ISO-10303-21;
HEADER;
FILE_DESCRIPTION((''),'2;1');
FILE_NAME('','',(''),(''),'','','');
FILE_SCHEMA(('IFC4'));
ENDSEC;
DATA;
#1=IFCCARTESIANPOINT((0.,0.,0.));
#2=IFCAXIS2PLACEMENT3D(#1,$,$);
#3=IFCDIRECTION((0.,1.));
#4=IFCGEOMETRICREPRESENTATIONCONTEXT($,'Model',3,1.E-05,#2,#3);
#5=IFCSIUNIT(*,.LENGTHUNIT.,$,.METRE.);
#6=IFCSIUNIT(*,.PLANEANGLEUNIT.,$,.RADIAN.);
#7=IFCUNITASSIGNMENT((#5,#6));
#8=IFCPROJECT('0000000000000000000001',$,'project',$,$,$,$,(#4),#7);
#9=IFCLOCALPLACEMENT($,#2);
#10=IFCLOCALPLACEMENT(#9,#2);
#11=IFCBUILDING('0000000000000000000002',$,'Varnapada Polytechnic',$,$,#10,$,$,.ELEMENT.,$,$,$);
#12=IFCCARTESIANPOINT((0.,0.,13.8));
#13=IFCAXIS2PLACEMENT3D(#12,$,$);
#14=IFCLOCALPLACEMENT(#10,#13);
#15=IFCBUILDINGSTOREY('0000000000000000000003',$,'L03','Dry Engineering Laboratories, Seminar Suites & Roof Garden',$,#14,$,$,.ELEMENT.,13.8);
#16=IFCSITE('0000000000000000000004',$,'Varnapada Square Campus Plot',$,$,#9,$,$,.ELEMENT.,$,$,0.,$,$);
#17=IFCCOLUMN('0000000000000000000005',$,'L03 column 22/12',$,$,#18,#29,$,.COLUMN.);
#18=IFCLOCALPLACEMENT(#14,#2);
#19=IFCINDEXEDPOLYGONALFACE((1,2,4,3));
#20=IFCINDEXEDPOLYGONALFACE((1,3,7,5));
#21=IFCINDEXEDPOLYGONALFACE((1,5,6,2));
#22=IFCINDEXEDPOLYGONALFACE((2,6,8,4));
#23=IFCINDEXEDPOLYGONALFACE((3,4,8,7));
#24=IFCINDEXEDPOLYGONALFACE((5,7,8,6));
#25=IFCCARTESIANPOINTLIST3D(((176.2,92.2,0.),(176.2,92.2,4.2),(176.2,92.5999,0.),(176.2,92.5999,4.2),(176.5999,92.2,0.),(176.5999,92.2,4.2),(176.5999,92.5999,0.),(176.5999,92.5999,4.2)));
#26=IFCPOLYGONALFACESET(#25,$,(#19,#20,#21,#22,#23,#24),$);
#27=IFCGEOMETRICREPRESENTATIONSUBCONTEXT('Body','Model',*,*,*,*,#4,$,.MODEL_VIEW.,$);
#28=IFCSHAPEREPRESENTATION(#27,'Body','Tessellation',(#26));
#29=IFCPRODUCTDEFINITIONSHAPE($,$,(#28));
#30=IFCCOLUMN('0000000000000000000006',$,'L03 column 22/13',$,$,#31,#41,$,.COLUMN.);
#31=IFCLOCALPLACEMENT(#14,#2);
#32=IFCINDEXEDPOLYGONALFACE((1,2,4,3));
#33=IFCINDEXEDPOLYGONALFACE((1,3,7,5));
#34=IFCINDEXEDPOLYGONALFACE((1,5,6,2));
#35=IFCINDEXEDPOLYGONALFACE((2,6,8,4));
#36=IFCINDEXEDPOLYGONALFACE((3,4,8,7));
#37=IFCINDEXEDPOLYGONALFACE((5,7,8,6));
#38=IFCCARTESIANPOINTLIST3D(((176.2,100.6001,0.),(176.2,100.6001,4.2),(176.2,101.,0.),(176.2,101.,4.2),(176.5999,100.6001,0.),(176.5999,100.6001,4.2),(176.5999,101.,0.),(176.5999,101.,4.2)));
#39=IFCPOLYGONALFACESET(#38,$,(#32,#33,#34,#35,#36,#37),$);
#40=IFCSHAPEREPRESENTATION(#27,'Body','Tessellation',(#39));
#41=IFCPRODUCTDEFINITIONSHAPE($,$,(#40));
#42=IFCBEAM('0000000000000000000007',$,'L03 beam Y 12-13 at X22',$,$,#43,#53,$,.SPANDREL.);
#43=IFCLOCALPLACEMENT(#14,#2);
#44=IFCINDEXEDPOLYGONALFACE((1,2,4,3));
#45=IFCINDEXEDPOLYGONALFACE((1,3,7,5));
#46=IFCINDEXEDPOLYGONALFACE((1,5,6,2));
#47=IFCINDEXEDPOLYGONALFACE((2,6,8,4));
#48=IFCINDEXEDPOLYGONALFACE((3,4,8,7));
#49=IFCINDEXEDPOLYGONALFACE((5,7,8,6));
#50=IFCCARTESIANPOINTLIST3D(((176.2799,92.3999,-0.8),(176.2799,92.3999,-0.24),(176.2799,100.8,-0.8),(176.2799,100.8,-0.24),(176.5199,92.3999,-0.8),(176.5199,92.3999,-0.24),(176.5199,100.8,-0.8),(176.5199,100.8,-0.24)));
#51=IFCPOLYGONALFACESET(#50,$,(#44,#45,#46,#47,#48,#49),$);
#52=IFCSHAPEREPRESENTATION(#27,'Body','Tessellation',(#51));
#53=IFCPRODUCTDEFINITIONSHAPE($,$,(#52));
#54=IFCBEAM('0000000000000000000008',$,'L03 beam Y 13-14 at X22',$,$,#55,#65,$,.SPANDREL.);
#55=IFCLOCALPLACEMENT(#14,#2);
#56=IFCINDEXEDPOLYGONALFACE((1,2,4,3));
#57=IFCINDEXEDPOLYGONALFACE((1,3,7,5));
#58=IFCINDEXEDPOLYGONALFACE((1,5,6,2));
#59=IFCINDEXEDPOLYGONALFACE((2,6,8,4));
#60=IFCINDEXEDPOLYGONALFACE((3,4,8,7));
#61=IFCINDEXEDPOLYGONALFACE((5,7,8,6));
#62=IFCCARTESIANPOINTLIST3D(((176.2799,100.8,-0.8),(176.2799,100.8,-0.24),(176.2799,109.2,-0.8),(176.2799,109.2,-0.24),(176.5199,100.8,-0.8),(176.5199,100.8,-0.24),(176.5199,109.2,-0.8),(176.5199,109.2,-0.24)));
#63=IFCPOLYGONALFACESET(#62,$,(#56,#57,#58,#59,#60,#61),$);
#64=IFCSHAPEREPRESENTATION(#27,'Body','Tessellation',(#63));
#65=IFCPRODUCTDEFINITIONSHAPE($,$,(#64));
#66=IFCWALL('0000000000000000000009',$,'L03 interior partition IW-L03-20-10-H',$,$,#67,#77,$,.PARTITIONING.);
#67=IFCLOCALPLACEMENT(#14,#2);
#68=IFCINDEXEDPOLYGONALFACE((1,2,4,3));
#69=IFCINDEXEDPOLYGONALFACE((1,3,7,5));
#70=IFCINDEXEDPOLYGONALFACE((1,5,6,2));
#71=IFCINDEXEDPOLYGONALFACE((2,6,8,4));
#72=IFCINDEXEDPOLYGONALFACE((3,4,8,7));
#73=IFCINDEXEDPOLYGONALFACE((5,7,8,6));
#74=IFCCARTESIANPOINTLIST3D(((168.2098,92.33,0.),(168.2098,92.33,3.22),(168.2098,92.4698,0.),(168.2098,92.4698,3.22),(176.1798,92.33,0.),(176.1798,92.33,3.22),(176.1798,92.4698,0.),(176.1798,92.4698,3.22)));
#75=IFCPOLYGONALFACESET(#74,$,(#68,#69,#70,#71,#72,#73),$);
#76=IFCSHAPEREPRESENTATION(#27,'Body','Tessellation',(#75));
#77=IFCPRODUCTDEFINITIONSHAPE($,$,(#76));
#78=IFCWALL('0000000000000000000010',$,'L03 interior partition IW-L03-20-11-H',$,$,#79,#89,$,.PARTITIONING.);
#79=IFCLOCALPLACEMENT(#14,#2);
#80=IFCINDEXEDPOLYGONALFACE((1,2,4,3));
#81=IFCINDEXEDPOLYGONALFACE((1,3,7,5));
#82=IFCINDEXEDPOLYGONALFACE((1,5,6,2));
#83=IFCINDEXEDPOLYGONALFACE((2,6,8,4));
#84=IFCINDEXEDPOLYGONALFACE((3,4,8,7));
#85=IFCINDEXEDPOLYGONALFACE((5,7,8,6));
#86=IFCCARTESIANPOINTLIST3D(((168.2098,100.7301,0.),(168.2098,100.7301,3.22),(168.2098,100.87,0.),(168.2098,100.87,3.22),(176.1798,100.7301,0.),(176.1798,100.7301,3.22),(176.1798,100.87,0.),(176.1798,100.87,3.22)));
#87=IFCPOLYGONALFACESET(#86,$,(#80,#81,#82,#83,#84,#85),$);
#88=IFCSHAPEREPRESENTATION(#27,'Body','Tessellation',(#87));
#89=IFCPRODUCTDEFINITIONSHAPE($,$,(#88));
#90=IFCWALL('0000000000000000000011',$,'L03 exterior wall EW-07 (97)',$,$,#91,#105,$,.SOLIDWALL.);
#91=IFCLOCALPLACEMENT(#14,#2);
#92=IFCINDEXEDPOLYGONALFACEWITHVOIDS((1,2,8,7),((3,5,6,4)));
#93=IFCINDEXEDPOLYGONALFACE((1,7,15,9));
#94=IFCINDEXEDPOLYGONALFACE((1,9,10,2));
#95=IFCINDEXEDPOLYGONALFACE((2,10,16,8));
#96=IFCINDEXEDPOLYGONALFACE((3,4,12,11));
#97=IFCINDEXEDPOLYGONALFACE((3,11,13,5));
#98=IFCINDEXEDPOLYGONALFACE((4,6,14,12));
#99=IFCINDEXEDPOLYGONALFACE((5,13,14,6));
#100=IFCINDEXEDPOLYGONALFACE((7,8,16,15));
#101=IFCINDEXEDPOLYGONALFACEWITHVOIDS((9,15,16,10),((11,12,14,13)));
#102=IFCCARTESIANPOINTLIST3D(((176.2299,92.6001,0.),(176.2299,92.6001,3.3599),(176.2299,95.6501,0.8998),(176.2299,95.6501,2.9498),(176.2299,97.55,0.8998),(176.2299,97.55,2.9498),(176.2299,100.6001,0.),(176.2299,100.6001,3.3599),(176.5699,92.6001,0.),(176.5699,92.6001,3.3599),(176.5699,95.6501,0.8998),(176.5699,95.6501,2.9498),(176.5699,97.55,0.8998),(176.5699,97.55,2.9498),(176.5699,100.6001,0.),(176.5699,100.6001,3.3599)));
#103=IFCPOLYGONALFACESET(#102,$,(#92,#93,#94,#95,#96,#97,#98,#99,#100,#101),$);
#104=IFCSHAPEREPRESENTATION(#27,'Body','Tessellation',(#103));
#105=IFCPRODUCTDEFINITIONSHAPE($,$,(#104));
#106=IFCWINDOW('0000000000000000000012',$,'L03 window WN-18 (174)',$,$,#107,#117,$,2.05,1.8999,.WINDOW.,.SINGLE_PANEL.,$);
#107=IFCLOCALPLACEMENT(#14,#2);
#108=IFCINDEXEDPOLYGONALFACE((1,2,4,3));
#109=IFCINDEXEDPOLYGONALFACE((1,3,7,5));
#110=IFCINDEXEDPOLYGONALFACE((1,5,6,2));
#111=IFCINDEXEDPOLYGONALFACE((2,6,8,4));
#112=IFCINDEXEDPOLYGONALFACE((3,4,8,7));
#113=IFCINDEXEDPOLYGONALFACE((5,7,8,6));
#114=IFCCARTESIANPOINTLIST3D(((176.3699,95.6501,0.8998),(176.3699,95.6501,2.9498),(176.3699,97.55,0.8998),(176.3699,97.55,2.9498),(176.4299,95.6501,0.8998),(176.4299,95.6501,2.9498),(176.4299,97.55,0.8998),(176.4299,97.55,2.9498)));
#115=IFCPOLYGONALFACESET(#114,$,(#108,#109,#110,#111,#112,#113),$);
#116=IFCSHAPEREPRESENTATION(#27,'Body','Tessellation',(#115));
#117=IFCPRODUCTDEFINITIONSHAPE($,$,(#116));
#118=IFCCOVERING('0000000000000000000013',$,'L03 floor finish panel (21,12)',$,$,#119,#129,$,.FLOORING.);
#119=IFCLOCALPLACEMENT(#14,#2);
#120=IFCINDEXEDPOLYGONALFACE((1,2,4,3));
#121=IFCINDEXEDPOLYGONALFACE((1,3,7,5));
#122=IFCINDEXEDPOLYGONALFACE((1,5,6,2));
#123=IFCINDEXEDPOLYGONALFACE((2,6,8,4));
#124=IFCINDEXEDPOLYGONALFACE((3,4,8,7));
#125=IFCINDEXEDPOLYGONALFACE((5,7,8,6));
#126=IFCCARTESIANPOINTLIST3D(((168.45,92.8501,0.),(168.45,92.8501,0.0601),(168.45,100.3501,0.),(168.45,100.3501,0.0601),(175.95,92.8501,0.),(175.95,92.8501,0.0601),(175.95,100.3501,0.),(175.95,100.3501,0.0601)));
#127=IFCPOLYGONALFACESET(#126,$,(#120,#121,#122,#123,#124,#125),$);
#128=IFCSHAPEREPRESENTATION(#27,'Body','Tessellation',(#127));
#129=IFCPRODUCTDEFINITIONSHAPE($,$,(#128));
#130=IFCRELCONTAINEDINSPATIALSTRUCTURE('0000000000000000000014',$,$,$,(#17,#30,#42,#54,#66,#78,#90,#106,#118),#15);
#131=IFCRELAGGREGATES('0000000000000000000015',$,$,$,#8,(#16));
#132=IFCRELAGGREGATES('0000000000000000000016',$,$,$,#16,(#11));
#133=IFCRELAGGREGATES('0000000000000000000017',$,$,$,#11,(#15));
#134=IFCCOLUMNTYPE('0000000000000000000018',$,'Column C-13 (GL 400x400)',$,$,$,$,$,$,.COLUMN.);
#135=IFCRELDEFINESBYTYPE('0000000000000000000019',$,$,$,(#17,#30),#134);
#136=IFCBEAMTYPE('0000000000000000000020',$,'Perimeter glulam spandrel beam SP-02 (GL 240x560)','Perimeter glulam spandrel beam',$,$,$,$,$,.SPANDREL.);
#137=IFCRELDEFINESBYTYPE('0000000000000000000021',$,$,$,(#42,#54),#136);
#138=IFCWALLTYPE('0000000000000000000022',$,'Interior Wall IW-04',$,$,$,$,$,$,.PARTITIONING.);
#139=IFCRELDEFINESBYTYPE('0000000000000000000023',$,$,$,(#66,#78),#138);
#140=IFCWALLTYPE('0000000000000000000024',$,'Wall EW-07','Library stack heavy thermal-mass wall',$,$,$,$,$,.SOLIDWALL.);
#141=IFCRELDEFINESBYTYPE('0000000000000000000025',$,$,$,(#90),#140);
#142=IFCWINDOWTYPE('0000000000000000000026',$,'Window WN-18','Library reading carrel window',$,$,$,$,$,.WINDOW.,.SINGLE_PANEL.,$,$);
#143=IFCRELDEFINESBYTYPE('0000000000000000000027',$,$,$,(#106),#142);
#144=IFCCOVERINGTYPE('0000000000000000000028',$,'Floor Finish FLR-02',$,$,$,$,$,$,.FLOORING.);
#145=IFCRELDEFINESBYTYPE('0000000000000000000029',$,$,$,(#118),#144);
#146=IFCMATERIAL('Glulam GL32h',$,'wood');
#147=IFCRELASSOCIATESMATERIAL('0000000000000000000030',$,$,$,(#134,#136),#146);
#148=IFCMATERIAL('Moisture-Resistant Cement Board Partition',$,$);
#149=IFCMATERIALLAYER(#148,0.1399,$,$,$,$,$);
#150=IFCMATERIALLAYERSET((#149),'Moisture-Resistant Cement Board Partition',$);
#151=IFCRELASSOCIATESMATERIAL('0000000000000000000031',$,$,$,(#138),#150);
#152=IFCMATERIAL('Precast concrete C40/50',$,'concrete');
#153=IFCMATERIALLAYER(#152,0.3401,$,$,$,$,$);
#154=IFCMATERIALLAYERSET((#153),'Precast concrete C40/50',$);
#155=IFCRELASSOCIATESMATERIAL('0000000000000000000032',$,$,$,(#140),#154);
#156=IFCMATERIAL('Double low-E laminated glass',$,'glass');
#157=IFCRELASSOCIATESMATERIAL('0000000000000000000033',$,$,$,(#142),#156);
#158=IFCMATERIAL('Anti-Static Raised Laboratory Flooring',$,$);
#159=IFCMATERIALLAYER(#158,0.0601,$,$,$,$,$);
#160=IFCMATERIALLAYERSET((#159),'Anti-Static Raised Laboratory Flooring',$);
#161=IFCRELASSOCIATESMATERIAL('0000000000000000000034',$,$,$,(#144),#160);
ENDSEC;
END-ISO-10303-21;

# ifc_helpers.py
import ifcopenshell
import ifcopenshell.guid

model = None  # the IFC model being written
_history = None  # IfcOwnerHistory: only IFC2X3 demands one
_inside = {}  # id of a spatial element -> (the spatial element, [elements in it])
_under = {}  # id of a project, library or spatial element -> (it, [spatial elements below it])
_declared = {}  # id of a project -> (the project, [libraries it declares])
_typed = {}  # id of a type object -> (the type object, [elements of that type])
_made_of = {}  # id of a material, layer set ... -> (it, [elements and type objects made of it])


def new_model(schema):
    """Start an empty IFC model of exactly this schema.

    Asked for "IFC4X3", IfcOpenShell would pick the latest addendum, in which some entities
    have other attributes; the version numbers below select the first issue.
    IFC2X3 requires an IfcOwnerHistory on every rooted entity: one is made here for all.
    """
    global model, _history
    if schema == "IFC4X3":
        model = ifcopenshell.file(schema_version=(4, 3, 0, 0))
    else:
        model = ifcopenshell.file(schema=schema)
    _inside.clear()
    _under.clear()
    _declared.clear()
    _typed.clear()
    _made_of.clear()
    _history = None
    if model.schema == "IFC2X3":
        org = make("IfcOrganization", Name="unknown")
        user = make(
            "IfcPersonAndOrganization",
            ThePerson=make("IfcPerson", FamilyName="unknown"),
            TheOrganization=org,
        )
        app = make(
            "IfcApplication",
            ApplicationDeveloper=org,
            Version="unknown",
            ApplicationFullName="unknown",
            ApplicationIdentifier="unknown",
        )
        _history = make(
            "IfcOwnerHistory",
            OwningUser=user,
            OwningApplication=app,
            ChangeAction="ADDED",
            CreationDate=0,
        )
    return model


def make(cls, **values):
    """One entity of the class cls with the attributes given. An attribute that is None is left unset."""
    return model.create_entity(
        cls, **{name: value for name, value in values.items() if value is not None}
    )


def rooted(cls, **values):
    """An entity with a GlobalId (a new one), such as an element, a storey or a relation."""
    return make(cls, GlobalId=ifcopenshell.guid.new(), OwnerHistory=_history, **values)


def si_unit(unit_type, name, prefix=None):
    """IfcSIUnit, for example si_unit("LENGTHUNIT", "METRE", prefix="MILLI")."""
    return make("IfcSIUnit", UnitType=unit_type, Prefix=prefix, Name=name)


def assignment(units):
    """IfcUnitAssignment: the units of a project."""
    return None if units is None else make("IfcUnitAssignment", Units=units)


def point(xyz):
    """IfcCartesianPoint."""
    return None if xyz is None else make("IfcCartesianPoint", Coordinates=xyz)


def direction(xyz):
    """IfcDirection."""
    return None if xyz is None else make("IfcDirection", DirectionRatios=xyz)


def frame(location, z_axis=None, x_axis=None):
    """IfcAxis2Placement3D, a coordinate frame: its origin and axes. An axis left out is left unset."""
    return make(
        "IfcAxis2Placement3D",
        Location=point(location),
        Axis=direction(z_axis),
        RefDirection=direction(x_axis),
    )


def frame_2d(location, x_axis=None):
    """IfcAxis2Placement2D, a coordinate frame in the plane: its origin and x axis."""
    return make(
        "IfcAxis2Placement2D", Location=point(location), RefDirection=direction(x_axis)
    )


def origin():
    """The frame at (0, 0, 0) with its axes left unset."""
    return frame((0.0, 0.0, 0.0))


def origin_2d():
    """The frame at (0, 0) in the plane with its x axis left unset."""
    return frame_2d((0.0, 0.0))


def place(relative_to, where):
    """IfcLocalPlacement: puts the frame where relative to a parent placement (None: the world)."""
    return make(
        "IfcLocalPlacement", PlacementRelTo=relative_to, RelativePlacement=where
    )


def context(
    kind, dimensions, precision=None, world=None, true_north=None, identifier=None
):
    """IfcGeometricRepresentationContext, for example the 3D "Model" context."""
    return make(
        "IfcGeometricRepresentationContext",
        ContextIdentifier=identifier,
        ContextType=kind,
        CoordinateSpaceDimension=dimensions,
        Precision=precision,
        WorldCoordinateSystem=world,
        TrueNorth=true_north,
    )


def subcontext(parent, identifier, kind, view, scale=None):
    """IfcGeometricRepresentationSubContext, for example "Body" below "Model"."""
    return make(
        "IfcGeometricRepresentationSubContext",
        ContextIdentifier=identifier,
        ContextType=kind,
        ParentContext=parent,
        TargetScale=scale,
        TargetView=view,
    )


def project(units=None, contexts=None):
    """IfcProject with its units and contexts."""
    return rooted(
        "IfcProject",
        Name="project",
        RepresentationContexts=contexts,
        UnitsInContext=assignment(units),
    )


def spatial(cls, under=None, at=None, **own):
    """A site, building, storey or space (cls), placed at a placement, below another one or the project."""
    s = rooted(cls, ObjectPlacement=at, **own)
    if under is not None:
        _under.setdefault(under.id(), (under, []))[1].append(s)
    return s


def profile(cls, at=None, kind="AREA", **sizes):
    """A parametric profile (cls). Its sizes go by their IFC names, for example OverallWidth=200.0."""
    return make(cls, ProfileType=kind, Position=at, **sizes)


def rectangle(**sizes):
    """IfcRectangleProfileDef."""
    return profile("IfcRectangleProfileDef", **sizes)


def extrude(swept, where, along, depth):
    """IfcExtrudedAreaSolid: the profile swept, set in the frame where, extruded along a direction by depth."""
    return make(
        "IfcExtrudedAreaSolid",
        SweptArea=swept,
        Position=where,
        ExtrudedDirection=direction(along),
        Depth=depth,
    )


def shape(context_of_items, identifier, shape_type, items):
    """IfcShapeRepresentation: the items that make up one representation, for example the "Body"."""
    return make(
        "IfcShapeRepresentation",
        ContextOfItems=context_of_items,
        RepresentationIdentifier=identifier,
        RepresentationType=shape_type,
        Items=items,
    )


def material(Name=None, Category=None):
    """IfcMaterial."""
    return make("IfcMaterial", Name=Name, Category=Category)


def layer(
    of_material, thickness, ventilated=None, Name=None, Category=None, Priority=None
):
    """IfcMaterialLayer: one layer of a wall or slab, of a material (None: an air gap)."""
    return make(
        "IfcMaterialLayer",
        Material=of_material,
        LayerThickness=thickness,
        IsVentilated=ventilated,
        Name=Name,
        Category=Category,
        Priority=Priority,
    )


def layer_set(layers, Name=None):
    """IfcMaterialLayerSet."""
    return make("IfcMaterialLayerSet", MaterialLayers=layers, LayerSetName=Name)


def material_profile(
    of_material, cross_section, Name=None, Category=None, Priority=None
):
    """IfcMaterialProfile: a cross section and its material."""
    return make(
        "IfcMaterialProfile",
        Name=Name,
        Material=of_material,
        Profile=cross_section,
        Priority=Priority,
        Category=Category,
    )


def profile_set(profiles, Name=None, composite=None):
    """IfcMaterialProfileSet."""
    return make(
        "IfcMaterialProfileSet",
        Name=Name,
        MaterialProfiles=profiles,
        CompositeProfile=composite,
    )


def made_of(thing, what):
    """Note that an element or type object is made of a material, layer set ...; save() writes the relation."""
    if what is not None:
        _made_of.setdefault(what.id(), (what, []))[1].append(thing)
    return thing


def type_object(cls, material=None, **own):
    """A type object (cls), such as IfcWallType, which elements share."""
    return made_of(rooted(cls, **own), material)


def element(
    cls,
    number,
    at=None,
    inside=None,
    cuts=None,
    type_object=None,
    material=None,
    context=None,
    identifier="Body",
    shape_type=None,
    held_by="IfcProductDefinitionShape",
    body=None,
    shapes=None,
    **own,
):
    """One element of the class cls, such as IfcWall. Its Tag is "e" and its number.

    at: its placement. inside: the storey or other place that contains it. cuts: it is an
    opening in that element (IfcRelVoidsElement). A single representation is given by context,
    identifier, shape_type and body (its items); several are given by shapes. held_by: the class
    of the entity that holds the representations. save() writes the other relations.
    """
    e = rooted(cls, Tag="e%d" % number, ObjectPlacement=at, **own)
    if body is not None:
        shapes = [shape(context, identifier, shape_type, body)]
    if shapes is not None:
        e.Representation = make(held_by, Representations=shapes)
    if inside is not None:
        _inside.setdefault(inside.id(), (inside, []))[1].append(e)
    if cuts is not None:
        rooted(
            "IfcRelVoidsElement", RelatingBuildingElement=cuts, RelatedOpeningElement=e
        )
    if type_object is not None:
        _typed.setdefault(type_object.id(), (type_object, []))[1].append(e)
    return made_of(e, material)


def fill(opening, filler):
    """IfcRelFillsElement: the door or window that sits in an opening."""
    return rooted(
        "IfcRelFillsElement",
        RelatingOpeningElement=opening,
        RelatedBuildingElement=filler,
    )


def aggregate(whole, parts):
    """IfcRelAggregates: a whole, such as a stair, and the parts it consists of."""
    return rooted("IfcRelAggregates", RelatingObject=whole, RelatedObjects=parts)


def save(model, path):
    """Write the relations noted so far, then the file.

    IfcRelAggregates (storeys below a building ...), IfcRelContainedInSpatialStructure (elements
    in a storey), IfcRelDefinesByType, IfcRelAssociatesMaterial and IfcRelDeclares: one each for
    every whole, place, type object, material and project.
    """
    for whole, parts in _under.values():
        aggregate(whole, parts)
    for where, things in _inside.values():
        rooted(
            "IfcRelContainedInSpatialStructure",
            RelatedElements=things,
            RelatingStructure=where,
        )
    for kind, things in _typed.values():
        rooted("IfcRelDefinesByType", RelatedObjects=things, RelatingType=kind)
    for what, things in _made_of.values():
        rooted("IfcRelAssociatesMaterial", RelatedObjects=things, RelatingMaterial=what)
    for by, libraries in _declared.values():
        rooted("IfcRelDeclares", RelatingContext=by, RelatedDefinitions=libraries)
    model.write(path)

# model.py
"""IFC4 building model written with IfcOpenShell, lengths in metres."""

from ifc_helpers import new_model, si_unit, direction, frame, frame_2d, origin, origin_2d, place, context, subcontext, project, spatial, rectangle, extrude, material, layer, layer_set, material_profile, profile_set, type_object, element, fill, save


model = new_model("IFC4")

# Units and contexts
model_context = context("Model", 3, precision=1e-05, world=origin(), true_north=direction((0.0, 1.0)))
body_context = subcontext(model_context, "Body", "Model", "MODEL_VIEW")
ifc_project = project(units=[si_unit("LENGTHUNIT", "METRE"), si_unit("PLANEANGLEUNIT", "RADIAN")], contexts=[model_context])

# Site, building, storey
site_placement = place(None, origin())
site = spatial("IfcSite", under=ifc_project, at=site_placement, Name="Varnapada Square Campus Plot", CompositionType="ELEMENT", RefElevation=0.0)
building_placement = place(site_placement, origin())
building = spatial("IfcBuilding", under=site, at=building_placement, Name="Varnapada Polytechnic", CompositionType="ELEMENT")
storey_placement = place(building_placement, frame((0.0, 0.0, 13.8)))
storey = spatial("IfcBuildingStorey", under=building, at=storey_placement, Name="L03", Description="Dry Engineering Laboratories, Seminar Suites & Roof Garden", CompositionType="ELEMENT", Elevation=13.8)

# Columns
ifc_material_1 = material(Name="Glulam GL32h", Category="wood")
ifc_material_profile_1 = material_profile(ifc_material_1, rectangle(XDim=0.3999, YDim=0.3999, at=origin_2d()), Name="GL 400x400")
ifc_profile_set_1 = profile_set([ifc_material_profile_1], Name="Glulam GL32h")
column_type = type_object("IfcColumnType", Name="Column C-13 (GL 400x400)", PredefinedType="COLUMN", material=ifc_profile_set_1)
for number, where, z_axis, x_axis, name in (
    (1, (176.3999, 92.3999, 0.0), (0.0, 0.0, 1.0), (1.0, 0.0, 0.0), "L03 column 22/12"),
    (2, (176.3999, 100.8, 0.0), (0.0, 0.0, 1.0), (1.0, 0.0, 0.0), "L03 column 22/13"),
):
    element("IfcColumn", number, at=place(storey_placement, frame(where, z_axis=z_axis, x_axis=x_axis)), inside=storey, type_object=column_type, Name=name, PredefinedType="COLUMN", context=body_context, shape_type="SweptSolid", body=[
        extrude(rectangle(XDim=0.3999, YDim=0.3999, at=origin_2d()), origin(), (0.0, 0.0, 1.0), 4.2),
    ])

# Beams
ifc_material_profile_2 = material_profile(ifc_material_1, rectangle(XDim=0.24, YDim=0.5601, at=origin_2d()), Name="GL 240x560")
ifc_profile_set_2 = profile_set([ifc_material_profile_2], Name="Glulam GL32h")
beam_type = type_object("IfcBeamType", Name="Perimeter glulam spandrel beam SP-02 (GL 240x560)", Description="Perimeter glulam spandrel beam", PredefinedType="SPANDREL", material=ifc_profile_set_2)
beam_1_placement = place(storey_placement, frame((176.3999, 92.3999, -0.52), z_axis=(0.0, 1.0, 0.0), x_axis=(-1.0, 0.0, 0.0)))
element("IfcBeam", 3, at=beam_1_placement, inside=storey, type_object=beam_type, Name="L03 beam Y 12-13 at X22", PredefinedType="SPANDREL", context=body_context, shape_type="SweptSolid", body=[
    extrude(rectangle(XDim=0.24, YDim=0.5601, at=origin_2d()), origin(), (0.0, 0.0, 1.0), 8.4001),
])
beam_2_placement = place(storey_placement, frame((176.3999, 100.8, -0.52), z_axis=(0.0, 1.0, 0.0), x_axis=(-1.0, 0.0, 0.0)))
element("IfcBeam", 4, at=beam_2_placement, inside=storey, type_object=beam_type, Name="L03 beam Y 13-14 at X22", PredefinedType="SPANDREL", context=body_context, shape_type="SweptSolid", body=[
    extrude(rectangle(XDim=0.24, YDim=0.5601, at=origin_2d()), origin(), (0.0, 0.0, 1.0), 8.3999),
])

# Walls
ifc_material_2 = material(Name="Moisture-Resistant Cement Board Partition")
ifc_layer_1 = layer(ifc_material_2, 0.1399)
ifc_layer_set_1 = layer_set([ifc_layer_1], Name="Moisture-Resistant Cement Board Partition")
wall_type_1 = type_object("IfcWallType", Name="Interior Wall IW-04", PredefinedType="PARTITIONING", material=ifc_layer_set_1)
for number, where, z_axis, x_axis, name in (
    (5, (168.21, 92.3999, 0.0), (0.0, 0.0, 1.0), (1.0, 0.0, 0.0), "L03 interior partition IW-L03-20-10-H"),
    (6, (168.21, 100.8, 0.0), (0.0, 0.0, 1.0), (1.0, 0.0, 0.0), "L03 interior partition IW-L03-20-11-H"),
):
    element("IfcWall", number, at=place(storey_placement, frame(where, z_axis=z_axis, x_axis=x_axis)), inside=storey, type_object=wall_type_1, Name=name, PredefinedType="PARTITIONING", context=body_context, shape_type="SweptSolid", body=[
        extrude(rectangle(XDim=7.97, YDim=0.1399, at=frame_2d((3.9849, 0.0))), origin(), (0.0, 0.0, 1.0), 3.22),
    ])

# Wall, opening, window
ifc_material_3 = material(Name="Precast concrete C40/50", Category="concrete")
ifc_layer_2 = layer(ifc_material_3, 0.3401)
ifc_layer_set_2 = layer_set([ifc_layer_2], Name="Precast concrete C40/50")
wall_type_2 = type_object("IfcWallType", Name="Wall EW-07", Description="Library stack heavy thermal-mass wall", PredefinedType="SOLIDWALL", material=ifc_layer_set_2)
wall_placement = place(storey_placement, frame((176.3999, 100.6001, 0.0), z_axis=(0.0, 0.0, 1.0), x_axis=(0.0, -1.0, 0.0)))
wall = element("IfcWall", 7, at=wall_placement, inside=storey, type_object=wall_type_2, Name="L03 exterior wall EW-07 (97)", PredefinedType="SOLIDWALL", context=body_context, shape_type="SweptSolid", body=[
    extrude(rectangle(XDim=8.0, YDim=0.3401, at=frame_2d((4.0, 0.0))), origin(), (0.0, 0.0, 1.0), 3.3599),
])
opening_1_placement = place(wall_placement, frame((3.05, 0.0, 0.8999)))
opening_1 = element("IfcOpeningElement", 8, at=opening_1_placement, cuts=wall, PredefinedType="OPENING", context=body_context, shape_type="SweptSolid", body=[
    extrude(rectangle(XDim=1.8999, YDim=2.05, at=frame_2d((0.95, 1.0249))), frame((0.0, 0.1799, 0.0), z_axis=(0.0, -1.0, 0.0), x_axis=(1.0, 0.0, 0.0)), (0.0, 0.0, 1.0), 0.3601),
])
ifc_material_4 = material(Name="Double low-E laminated glass", Category="glass")
window_type = type_object("IfcWindowType", Name="Window WN-18", Description="Library reading carrel window", PartitioningType="SINGLE_PANEL", PredefinedType="WINDOW", material=ifc_material_4)
window_placement = place(opening_1_placement, origin())
window = element("IfcWindow", 9, at=window_placement, inside=storey, type_object=window_type, Name="L03 window WN-18 (174)", OverallHeight=2.05, OverallWidth=1.8999, PartitioningType="SINGLE_PANEL", PredefinedType="WINDOW", context=body_context, shape_type="SweptSolid", body=[
    extrude(rectangle(XDim=1.8999, YDim=2.05, at=frame_2d((0.95, 1.0249))), frame((0.0, 0.03, 0.0), z_axis=(0.0, -1.0, 0.0), x_axis=(1.0, 0.0, 0.0)), (0.0, 0.0, 1.0), 0.0601),
])
fill(opening_1, window)

# Covering
ifc_material_5 = material(Name="Anti-Static Raised Laboratory Flooring")
ifc_layer_3 = layer(ifc_material_5, 0.0601)
ifc_layer_set_3 = layer_set([ifc_layer_3], Name="Anti-Static Raised Laboratory Flooring")
covering_type_1 = type_object("IfcCoveringType", Name="Floor Finish FLR-02", PredefinedType="FLOORING", material=ifc_layer_set_3)
covering_1_placement = place(storey_placement, frame((172.2, 96.6001, 0.0), z_axis=(0.0, 0.0, 1.0), x_axis=(1.0, 0.0, 0.0)))
element("IfcCovering", 10, at=covering_1_placement, inside=storey, type_object=covering_type_1, Name="L03 floor finish panel (21,12)", PredefinedType="FLOORING", context=body_context, shape_type="SweptSolid", body=[
    extrude(rectangle(XDim=7.5, YDim=7.5, at=origin_2d()), origin(), (0.0, 0.0, 1.0), 0.0601),
])

save(model, "model.ifc")
